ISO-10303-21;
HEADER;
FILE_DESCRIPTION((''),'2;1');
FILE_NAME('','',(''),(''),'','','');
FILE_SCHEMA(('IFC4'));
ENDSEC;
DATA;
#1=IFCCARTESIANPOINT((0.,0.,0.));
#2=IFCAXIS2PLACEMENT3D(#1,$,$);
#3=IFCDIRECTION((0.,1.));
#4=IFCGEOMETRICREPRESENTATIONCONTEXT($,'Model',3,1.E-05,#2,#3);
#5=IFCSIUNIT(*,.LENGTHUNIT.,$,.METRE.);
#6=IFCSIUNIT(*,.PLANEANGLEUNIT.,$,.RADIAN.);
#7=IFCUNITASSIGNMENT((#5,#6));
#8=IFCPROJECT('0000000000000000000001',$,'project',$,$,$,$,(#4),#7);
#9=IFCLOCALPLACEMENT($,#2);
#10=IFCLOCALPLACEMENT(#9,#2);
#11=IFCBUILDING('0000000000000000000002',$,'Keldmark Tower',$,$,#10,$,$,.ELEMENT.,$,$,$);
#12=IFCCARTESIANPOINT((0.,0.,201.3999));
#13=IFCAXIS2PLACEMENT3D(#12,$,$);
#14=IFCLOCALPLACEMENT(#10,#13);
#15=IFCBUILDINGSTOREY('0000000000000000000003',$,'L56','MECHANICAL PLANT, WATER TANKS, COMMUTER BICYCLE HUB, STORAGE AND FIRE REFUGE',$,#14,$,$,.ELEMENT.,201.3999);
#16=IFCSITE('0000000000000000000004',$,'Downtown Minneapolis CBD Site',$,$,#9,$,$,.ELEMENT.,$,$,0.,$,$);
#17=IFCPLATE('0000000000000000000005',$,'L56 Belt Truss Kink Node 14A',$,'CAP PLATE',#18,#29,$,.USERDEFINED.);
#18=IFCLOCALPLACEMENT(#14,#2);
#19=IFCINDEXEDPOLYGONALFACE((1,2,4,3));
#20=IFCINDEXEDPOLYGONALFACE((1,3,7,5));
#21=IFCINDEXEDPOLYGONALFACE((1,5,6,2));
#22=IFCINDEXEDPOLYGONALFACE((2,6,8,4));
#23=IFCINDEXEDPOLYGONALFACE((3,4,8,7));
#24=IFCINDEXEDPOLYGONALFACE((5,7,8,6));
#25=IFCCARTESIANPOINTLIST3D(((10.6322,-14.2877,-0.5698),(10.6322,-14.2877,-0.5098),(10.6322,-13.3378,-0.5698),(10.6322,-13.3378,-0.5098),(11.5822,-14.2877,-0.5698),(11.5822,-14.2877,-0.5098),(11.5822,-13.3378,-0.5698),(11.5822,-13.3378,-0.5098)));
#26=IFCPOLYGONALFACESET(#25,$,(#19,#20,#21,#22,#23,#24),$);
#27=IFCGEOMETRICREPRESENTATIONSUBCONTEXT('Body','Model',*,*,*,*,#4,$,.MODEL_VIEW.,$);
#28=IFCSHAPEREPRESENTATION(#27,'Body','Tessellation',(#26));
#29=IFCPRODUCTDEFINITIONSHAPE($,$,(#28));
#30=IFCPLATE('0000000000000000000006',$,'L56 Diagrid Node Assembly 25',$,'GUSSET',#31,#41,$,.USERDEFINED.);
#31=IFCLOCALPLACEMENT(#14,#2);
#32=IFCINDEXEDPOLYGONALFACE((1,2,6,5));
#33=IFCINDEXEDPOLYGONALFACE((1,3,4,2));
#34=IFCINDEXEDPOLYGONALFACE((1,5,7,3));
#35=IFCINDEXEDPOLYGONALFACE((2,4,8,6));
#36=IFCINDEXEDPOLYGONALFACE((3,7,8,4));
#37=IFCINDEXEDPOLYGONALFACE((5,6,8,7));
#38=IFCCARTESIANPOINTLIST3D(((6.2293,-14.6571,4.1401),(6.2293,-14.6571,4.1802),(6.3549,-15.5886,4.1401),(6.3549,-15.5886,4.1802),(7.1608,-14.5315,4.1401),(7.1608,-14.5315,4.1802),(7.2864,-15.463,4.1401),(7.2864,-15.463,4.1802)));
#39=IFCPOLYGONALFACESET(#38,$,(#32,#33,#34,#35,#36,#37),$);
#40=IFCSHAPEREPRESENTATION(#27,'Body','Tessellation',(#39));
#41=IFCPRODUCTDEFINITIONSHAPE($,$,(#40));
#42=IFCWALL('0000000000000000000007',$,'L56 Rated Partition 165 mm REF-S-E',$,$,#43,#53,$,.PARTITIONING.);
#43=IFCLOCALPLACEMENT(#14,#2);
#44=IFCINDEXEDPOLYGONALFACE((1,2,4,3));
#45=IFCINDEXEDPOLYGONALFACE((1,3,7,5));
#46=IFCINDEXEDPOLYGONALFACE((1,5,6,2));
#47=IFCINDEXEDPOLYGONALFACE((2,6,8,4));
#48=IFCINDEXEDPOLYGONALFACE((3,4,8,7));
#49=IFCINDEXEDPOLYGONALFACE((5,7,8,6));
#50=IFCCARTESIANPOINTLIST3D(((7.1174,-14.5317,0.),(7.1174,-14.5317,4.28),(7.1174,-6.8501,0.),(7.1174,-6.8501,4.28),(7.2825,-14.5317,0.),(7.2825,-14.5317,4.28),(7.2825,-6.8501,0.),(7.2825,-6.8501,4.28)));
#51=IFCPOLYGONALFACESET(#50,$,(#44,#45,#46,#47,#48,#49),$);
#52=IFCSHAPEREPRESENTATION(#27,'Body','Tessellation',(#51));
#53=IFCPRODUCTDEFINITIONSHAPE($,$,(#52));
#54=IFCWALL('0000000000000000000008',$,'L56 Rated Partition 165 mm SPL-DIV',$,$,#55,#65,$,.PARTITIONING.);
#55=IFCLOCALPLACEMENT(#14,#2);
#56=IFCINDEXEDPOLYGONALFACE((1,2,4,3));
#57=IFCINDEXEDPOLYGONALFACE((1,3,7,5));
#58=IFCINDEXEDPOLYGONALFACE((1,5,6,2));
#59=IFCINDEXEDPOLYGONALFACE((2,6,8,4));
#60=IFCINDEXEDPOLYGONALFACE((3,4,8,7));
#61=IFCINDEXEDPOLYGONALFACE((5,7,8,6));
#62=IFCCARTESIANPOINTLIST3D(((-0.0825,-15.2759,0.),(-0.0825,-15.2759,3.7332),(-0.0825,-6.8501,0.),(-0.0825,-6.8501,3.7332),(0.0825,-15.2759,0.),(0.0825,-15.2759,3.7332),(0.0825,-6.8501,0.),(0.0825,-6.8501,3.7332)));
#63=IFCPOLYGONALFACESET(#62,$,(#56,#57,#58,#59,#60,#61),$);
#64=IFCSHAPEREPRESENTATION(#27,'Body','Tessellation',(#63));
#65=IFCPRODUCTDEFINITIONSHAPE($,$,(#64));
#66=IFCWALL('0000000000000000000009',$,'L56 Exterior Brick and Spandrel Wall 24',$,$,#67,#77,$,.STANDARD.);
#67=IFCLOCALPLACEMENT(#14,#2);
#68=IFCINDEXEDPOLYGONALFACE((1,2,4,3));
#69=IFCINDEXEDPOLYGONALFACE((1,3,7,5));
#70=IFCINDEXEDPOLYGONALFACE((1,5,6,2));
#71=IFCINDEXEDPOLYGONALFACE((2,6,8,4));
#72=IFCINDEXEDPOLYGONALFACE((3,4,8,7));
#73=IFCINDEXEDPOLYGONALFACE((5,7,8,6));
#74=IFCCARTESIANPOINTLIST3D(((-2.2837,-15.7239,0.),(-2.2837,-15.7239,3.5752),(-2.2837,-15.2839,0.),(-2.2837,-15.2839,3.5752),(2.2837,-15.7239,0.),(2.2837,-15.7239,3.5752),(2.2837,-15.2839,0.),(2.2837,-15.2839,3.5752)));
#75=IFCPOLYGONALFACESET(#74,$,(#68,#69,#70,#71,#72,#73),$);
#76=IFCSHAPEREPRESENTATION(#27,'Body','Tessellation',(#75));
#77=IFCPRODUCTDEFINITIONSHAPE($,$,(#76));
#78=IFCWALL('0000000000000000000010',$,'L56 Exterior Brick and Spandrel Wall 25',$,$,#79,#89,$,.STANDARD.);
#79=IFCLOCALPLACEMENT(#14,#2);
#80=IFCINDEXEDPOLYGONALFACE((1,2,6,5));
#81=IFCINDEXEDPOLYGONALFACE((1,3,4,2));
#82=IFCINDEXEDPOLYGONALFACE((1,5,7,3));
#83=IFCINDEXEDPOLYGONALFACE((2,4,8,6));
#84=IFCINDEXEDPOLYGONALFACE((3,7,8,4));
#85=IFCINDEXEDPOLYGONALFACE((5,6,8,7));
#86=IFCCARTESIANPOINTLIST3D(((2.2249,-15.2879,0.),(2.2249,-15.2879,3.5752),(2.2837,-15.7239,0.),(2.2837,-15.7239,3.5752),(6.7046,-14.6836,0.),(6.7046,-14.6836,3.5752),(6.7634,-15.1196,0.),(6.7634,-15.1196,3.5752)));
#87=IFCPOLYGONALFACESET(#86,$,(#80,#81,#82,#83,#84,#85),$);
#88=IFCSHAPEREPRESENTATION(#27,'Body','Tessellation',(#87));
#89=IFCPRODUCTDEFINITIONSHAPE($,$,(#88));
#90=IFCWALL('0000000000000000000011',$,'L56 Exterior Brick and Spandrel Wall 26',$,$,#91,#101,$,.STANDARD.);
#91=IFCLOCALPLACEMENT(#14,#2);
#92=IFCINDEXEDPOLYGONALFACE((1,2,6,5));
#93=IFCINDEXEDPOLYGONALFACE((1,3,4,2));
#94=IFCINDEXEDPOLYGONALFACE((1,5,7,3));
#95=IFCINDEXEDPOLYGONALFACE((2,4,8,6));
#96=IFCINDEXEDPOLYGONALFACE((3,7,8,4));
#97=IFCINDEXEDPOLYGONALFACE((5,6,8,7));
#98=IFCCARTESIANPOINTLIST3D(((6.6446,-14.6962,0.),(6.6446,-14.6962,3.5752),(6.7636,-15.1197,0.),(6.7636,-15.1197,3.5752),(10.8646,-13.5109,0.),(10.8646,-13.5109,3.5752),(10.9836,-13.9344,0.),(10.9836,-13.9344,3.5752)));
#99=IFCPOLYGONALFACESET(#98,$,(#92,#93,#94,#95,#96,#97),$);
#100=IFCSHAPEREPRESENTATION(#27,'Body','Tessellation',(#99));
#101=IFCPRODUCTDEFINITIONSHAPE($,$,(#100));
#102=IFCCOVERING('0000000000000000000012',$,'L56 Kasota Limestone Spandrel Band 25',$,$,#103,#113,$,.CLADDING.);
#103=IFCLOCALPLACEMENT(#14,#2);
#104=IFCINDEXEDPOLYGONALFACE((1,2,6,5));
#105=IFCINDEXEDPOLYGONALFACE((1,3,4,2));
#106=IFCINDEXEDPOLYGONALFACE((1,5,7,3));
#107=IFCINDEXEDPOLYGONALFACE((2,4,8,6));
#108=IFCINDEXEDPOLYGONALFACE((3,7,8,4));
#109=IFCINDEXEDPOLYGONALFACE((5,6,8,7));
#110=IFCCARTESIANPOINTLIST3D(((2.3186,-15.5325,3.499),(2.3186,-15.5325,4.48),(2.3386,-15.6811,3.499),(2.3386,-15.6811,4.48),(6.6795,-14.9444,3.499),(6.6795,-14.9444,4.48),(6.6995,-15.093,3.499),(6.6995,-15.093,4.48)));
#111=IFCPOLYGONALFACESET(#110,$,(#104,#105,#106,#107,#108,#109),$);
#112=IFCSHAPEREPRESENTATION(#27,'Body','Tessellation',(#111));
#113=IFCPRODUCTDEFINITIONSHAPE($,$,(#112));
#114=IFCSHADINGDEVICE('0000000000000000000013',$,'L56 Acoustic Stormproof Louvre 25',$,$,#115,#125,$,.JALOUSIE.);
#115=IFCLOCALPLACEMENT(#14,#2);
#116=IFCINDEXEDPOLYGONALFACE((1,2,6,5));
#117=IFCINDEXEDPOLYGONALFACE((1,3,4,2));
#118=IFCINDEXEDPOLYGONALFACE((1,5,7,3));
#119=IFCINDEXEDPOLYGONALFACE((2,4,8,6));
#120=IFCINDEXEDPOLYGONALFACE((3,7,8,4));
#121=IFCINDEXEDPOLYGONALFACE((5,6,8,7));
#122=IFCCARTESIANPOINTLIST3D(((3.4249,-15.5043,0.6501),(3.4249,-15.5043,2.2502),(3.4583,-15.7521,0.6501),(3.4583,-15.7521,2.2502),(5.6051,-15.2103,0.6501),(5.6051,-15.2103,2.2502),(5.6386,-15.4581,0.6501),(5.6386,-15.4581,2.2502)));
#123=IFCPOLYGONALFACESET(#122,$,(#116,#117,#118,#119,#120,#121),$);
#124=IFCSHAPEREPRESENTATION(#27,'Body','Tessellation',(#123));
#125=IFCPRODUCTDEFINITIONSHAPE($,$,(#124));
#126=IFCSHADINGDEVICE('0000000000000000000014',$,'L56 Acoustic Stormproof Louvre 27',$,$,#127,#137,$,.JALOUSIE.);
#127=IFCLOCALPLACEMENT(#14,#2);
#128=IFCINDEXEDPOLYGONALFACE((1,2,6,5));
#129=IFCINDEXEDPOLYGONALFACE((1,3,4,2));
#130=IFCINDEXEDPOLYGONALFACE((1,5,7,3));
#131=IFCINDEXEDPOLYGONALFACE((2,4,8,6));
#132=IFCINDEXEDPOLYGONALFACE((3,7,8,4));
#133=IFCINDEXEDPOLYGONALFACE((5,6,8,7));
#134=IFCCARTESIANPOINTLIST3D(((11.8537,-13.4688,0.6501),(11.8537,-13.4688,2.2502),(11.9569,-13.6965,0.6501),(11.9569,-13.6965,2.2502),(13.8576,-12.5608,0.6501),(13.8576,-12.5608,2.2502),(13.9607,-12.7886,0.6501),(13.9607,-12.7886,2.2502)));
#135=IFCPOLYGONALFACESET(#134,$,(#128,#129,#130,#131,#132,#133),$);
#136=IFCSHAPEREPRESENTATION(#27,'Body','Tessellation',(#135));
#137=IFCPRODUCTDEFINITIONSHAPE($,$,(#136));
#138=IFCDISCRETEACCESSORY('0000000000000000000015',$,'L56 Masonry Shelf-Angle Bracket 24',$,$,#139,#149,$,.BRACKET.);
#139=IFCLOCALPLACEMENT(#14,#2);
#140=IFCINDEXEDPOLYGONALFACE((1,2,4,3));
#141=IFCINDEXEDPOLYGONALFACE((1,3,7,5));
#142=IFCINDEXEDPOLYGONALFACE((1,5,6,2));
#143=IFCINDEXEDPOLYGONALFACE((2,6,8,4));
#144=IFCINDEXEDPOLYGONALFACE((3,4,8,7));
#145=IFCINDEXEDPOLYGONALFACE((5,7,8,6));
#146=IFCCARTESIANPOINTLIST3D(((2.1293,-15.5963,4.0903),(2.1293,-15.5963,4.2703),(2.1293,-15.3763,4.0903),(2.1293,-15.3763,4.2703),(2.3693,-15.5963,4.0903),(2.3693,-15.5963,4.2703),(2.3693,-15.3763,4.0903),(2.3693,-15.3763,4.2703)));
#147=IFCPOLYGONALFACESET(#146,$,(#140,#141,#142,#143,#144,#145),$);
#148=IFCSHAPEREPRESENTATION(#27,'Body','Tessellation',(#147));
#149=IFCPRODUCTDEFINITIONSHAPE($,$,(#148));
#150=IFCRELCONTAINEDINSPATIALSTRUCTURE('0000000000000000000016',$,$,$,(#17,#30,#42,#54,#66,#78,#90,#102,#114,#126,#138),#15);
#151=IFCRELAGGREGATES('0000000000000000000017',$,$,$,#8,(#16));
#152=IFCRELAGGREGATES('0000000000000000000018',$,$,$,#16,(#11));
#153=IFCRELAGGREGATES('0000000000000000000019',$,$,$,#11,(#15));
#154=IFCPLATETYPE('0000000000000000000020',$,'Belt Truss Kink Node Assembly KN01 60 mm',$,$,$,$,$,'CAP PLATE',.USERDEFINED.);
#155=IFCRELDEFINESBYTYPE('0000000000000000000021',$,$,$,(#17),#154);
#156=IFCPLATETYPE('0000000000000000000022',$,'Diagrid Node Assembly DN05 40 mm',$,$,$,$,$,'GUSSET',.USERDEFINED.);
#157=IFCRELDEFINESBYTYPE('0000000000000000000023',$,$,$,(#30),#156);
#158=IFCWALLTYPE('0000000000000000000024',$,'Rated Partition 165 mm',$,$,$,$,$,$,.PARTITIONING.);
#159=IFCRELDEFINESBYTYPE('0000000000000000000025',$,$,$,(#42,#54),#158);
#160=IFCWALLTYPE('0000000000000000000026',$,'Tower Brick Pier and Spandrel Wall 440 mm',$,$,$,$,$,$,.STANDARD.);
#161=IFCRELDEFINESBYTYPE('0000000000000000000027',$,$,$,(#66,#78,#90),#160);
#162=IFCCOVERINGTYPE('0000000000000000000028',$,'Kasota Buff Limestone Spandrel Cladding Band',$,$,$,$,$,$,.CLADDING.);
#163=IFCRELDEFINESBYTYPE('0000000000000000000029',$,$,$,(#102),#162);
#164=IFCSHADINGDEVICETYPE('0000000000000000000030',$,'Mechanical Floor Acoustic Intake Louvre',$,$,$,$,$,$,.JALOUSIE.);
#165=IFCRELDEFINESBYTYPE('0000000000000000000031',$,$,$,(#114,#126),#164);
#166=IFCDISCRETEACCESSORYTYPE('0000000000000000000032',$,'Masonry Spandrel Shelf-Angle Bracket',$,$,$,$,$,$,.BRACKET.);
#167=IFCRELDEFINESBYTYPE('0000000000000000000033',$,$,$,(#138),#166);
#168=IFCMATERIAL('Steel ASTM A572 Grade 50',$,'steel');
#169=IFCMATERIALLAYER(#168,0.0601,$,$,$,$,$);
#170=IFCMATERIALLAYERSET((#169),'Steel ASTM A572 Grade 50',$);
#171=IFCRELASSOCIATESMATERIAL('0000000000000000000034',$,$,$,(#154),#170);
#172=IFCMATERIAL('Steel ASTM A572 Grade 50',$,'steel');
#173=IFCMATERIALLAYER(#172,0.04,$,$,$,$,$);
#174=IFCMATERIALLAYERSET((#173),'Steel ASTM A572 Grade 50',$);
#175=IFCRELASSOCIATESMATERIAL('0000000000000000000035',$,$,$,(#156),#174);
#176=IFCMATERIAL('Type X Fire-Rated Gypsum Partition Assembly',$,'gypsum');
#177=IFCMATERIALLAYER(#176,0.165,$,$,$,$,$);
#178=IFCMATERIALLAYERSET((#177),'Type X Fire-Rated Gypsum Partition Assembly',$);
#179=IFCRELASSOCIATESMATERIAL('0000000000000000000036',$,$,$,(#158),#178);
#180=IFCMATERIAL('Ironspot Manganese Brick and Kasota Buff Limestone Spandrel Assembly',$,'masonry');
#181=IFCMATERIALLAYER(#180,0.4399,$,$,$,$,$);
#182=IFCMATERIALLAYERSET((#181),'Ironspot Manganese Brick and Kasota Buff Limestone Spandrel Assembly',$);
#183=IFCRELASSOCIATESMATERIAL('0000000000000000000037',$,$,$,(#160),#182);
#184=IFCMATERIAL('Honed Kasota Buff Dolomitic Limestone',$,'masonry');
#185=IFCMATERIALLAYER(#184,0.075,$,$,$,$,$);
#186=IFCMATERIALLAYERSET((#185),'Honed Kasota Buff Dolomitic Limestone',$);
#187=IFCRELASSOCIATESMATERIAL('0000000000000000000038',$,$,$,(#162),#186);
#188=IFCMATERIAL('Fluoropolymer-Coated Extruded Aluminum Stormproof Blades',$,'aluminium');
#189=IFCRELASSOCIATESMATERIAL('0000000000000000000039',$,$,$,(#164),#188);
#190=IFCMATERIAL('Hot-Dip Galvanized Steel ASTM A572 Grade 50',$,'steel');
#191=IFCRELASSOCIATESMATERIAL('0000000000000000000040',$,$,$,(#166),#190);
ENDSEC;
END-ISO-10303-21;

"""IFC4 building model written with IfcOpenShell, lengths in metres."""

from ifc_helpers import new_model, si_unit, direction, frame, frame_2d, origin, origin_2d, place, context, subcontext, project, spatial, rectangle, extrude, material, layer, layer_set, type_object, element, save


model = new_model("IFC4")

# Units and contexts
model_context = context("Model", 3, precision=1e-05, world=origin(), true_north=direction((0.0, 1.0)))
body_context = subcontext(model_context, "Body", "Model", "MODEL_VIEW")
ifc_project = project(units=[si_unit("LENGTHUNIT", "METRE"), si_unit("PLANEANGLEUNIT", "RADIAN")], contexts=[model_context])

# Site, building, storey
site_placement = place(None, origin())
site = spatial("IfcSite", under=ifc_project, at=site_placement, Name="Downtown Minneapolis CBD Site", CompositionType="ELEMENT", RefElevation=0.0)
building_placement = place(site_placement, origin())
building = spatial("IfcBuilding", under=site, at=building_placement, Name="Keldmark Tower", CompositionType="ELEMENT")
storey_placement = place(building_placement, frame((0.0, 0.0, 201.3999)))
storey = spatial("IfcBuildingStorey", under=building, at=storey_placement, Name="L56", Description="MECHANICAL PLANT, WATER TANKS, COMMUTER BICYCLE HUB, STORAGE AND FIRE REFUGE", CompositionType="ELEMENT", Elevation=201.3999)

# Plates
ifc_material_1 = material(Name="Steel ASTM A572 Grade 50", Category="steel")
ifc_layer_1 = layer(ifc_material_1, 0.0601)
ifc_layer_set_1 = layer_set([ifc_layer_1], Name="Steel ASTM A572 Grade 50")
plate_type_1 = type_object("IfcPlateType", Name="Belt Truss Kink Node Assembly KN01 60 mm", ElementType="CAP PLATE", PredefinedType="USERDEFINED", material=ifc_layer_set_1)
for number, where, z_axis, x_axis, name in (
    (1, (11.1072, -13.8127, -0.5698), (0.0, 0.0, 1.0), (1.0, 0.0, 0.0), "L56 Belt Truss Kink Node 14A"),
):
    element("IfcPlate", number, at=place(storey_placement, frame(where, z_axis=z_axis, x_axis=x_axis)), inside=storey, type_object=plate_type_1, Name=name, ObjectType="CAP PLATE", PredefinedType="USERDEFINED", context=body_context, shape_type="SweptSolid", body=[
        extrude(rectangle(XDim=0.95, YDim=0.95, at=origin_2d()), origin(), (0.0, 0.0, 1.0), 0.0601),
    ])
ifc_material_2 = material(Name="Steel ASTM A572 Grade 50", Category="steel")
ifc_layer_2 = layer(ifc_material_2, 0.04)
ifc_layer_set_2 = layer_set([ifc_layer_2], Name="Steel ASTM A572 Grade 50")
plate_type_2 = type_object("IfcPlateType", Name="Diagrid Node Assembly DN05 40 mm", ElementType="GUSSET", PredefinedType="USERDEFINED", material=ifc_layer_set_2)
plate_placement = place(storey_placement, frame((6.7578, -15.0601, 4.1401), z_axis=(0.0, 0.0, 1.0), x_axis=(0.99103, 0.13364, 0.0)))
element("IfcPlate", 2, at=plate_placement, inside=storey, type_object=plate_type_2, Name="L56 Diagrid Node Assembly 25", ObjectType="GUSSET", PredefinedType="USERDEFINED", context=body_context, shape_type="SweptSolid", body=[
    extrude(rectangle(XDim=0.9399, YDim=0.9399, at=origin_2d()), origin(), (0.0, 0.0, 1.0), 0.04),
])

# Shared definitions
ifc_material_3 = material(Name="Type X Fire-Rated Gypsum Partition Assembly", Category="gypsum")
ifc_layer_3 = layer(ifc_material_3, 0.165)
ifc_layer_set_3 = layer_set([ifc_layer_3], Name="Type X Fire-Rated Gypsum Partition Assembly")
wall_type_1 = type_object("IfcWallType", Name="Rated Partition 165 mm", PredefinedType="PARTITIONING", material=ifc_layer_set_3)

# Walls
wall_1_placement = place(storey_placement, frame((7.2, -14.5317, 0.0), z_axis=(0.0, 0.0, 1.0), x_axis=(0.0, 1.0, 0.0)))
element("IfcWall", 3, at=wall_1_placement, inside=storey, type_object=wall_type_1, Name="L56 Rated Partition 165 mm REF-S-E", PredefinedType="PARTITIONING", context=body_context, shape_type="SweptSolid", body=[
    extrude(rectangle(XDim=7.6816, YDim=0.165, at=frame_2d((3.8408, 0.0))), origin(), (0.0, 0.0, 1.0), 4.28),
])
wall_2_placement = place(storey_placement, frame((0.0, -15.2759, 0.0), z_axis=(0.0, 0.0, 1.0), x_axis=(0.0, 1.0, 0.0)))
element("IfcWall", 4, at=wall_2_placement, inside=storey, type_object=wall_type_1, Name="L56 Rated Partition 165 mm SPL-DIV", PredefinedType="PARTITIONING", context=body_context, shape_type="SweptSolid", body=[
    extrude(rectangle(XDim=8.4258, YDim=0.165, at=frame_2d((4.2129, 0.0))), origin(), (0.0, 0.0, 1.0), 3.7332),
])
ifc_material_4 = material(Name="Ironspot Manganese Brick and Kasota Buff Limestone Spandrel Assembly", Category="masonry")
ifc_layer_4 = layer(ifc_material_4, 0.4399)
ifc_layer_set_4 = layer_set([ifc_layer_4], Name="Ironspot Manganese Brick and Kasota Buff Limestone Spandrel Assembly")
wall_type_2 = type_object("IfcWallType", Name="Tower Brick Pier and Spandrel Wall 440 mm", PredefinedType="STANDARD", material=ifc_layer_set_4)
wall_3_placement = place(storey_placement, frame((2.2837, -15.5039, 0.0), z_axis=(0.0, 0.0, 1.0), x_axis=(-1.0, 0.0, 0.0)))
element("IfcWall", 5, at=wall_3_placement, inside=storey, type_object=wall_type_2, Name="L56 Exterior Brick and Spandrel Wall 24", PredefinedType="STANDARD", context=body_context, shape_type="SweptSolid", body=[
    extrude(rectangle(XDim=4.5674, YDim=0.4399, at=frame_2d((2.2837, 0.0))), origin(), (0.0, 0.0, 1.0), 3.5752),
])
wall_4_placement = place(storey_placement, frame((6.7341, -14.9016, 0.0), z_axis=(0.0, 0.0, 1.0), x_axis=(-0.991025, -0.133674, 0.0)))
element("IfcWall", 6, at=wall_4_placement, inside=storey, type_object=wall_type_2, Name="L56 Exterior Brick and Spandrel Wall 25", PredefinedType="STANDARD", context=body_context, shape_type="SweptSolid", body=[
    extrude(rectangle(XDim=4.5203, YDim=0.4399, at=frame_2d((2.2603, 0.0))), origin(), (0.0, 0.0, 1.0), 3.5752),
])
wall_5_placement = place(storey_placement, frame((10.9241, -13.7227, 0.0), z_axis=(0.0, 0.0, 1.0), x_axis=(-0.962744, -0.270415, 0.0)))
element("IfcWall", 7, at=wall_5_placement, inside=storey, type_object=wall_type_2, Name="L56 Exterior Brick and Spandrel Wall 26", PredefinedType="STANDARD", context=body_context, shape_type="SweptSolid", body=[
    extrude(rectangle(XDim=4.3833, YDim=0.4399, at=frame_2d((2.1917, 0.0))), origin(), (0.0, 0.0, 1.0), 3.5752),
])

# Covering
ifc_material_5 = material(Name="Honed Kasota Buff Dolomitic Limestone", Category="masonry")
ifc_layer_5 = layer(ifc_material_5, 0.075)
ifc_layer_set_5 = layer_set([ifc_layer_5], Name="Honed Kasota Buff Dolomitic Limestone")
covering_type = type_object("IfcCoveringType", Name="Kasota Buff Limestone Spandrel Cladding Band", PredefinedType="CLADDING", material=ifc_layer_set_5)
covering_placement = place(storey_placement, frame((4.509, -15.3127, 3.499), z_axis=(0.0, 0.0, 1.0), x_axis=(0.991028, 0.133658, 0.0)))
element("IfcCovering", 8, at=covering_placement, inside=storey, type_object=covering_type, Name="L56 Kasota Limestone Spandrel Band 25", PredefinedType="CLADDING", context=body_context, shape_type="SweptSolid", body=[
    extrude(rectangle(XDim=4.4004, YDim=0.1499, at=origin_2d()), origin(), (0.0, 0.0, 1.0), 0.981),
])

# Shading devices
ifc_material_6 = material(Name="Fluoropolymer-Coated Extruded Aluminum Stormproof Blades", Category="aluminium")
shading_device_type = type_object("IfcShadingDeviceType", Name="Mechanical Floor Acoustic Intake Louvre", PredefinedType="JALOUSIE", material=ifc_material_6)
for number, where, z_axis, x_axis, name in (
    (9, (4.5317, -15.4812, 0.6501), (0.0, 0.0, 1.0), (0.991028, 0.133658, 0.0), "L56 Acoustic Stormproof Louvre 25"),
    (10, (12.9072, -13.1287, 0.6501), (0.0, 0.0, 1.0), (0.910864, 0.412707, 0.0), "L56 Acoustic Stormproof Louvre 27"),
):
    element("IfcShadingDevice", number, at=place(storey_placement, frame(where, z_axis=z_axis, x_axis=x_axis)), inside=storey, type_object=shading_device_type, Name=name, PredefinedType="JALOUSIE", context=body_context, shape_type="SweptSolid", body=[
        extrude(rectangle(XDim=2.2, YDim=0.25, at=origin_2d()), origin(), (0.0, 0.0, 1.0), 1.6001),
    ])

# Discrete accessory
ifc_material_7 = material(Name="Hot-Dip Galvanized Steel ASTM A572 Grade 50", Category="steel")
discrete_accessory_type = type_object("IfcDiscreteAccessoryType", Name="Masonry Spandrel Shelf-Angle Bracket", PredefinedType="BRACKET", material=ifc_material_7)
discrete_accessory_placement = place(storey_placement, frame((2.2493, -15.4863, 4.0903), z_axis=(0.0, 0.0, 1.0), x_axis=(1.0, 0.0, 0.0)))
element("IfcDiscreteAccessory", 11, at=discrete_accessory_placement, inside=storey, type_object=discrete_accessory_type, Name="L56 Masonry Shelf-Angle Bracket 24", PredefinedType="BRACKET", context=body_context, shape_type="SweptSolid", body=[
    extrude(rectangle(XDim=0.24, YDim=0.22, at=origin_2d()), origin(), (0.0, 0.0, 1.0), 0.1799),
])

save(model, "model.ifc")
